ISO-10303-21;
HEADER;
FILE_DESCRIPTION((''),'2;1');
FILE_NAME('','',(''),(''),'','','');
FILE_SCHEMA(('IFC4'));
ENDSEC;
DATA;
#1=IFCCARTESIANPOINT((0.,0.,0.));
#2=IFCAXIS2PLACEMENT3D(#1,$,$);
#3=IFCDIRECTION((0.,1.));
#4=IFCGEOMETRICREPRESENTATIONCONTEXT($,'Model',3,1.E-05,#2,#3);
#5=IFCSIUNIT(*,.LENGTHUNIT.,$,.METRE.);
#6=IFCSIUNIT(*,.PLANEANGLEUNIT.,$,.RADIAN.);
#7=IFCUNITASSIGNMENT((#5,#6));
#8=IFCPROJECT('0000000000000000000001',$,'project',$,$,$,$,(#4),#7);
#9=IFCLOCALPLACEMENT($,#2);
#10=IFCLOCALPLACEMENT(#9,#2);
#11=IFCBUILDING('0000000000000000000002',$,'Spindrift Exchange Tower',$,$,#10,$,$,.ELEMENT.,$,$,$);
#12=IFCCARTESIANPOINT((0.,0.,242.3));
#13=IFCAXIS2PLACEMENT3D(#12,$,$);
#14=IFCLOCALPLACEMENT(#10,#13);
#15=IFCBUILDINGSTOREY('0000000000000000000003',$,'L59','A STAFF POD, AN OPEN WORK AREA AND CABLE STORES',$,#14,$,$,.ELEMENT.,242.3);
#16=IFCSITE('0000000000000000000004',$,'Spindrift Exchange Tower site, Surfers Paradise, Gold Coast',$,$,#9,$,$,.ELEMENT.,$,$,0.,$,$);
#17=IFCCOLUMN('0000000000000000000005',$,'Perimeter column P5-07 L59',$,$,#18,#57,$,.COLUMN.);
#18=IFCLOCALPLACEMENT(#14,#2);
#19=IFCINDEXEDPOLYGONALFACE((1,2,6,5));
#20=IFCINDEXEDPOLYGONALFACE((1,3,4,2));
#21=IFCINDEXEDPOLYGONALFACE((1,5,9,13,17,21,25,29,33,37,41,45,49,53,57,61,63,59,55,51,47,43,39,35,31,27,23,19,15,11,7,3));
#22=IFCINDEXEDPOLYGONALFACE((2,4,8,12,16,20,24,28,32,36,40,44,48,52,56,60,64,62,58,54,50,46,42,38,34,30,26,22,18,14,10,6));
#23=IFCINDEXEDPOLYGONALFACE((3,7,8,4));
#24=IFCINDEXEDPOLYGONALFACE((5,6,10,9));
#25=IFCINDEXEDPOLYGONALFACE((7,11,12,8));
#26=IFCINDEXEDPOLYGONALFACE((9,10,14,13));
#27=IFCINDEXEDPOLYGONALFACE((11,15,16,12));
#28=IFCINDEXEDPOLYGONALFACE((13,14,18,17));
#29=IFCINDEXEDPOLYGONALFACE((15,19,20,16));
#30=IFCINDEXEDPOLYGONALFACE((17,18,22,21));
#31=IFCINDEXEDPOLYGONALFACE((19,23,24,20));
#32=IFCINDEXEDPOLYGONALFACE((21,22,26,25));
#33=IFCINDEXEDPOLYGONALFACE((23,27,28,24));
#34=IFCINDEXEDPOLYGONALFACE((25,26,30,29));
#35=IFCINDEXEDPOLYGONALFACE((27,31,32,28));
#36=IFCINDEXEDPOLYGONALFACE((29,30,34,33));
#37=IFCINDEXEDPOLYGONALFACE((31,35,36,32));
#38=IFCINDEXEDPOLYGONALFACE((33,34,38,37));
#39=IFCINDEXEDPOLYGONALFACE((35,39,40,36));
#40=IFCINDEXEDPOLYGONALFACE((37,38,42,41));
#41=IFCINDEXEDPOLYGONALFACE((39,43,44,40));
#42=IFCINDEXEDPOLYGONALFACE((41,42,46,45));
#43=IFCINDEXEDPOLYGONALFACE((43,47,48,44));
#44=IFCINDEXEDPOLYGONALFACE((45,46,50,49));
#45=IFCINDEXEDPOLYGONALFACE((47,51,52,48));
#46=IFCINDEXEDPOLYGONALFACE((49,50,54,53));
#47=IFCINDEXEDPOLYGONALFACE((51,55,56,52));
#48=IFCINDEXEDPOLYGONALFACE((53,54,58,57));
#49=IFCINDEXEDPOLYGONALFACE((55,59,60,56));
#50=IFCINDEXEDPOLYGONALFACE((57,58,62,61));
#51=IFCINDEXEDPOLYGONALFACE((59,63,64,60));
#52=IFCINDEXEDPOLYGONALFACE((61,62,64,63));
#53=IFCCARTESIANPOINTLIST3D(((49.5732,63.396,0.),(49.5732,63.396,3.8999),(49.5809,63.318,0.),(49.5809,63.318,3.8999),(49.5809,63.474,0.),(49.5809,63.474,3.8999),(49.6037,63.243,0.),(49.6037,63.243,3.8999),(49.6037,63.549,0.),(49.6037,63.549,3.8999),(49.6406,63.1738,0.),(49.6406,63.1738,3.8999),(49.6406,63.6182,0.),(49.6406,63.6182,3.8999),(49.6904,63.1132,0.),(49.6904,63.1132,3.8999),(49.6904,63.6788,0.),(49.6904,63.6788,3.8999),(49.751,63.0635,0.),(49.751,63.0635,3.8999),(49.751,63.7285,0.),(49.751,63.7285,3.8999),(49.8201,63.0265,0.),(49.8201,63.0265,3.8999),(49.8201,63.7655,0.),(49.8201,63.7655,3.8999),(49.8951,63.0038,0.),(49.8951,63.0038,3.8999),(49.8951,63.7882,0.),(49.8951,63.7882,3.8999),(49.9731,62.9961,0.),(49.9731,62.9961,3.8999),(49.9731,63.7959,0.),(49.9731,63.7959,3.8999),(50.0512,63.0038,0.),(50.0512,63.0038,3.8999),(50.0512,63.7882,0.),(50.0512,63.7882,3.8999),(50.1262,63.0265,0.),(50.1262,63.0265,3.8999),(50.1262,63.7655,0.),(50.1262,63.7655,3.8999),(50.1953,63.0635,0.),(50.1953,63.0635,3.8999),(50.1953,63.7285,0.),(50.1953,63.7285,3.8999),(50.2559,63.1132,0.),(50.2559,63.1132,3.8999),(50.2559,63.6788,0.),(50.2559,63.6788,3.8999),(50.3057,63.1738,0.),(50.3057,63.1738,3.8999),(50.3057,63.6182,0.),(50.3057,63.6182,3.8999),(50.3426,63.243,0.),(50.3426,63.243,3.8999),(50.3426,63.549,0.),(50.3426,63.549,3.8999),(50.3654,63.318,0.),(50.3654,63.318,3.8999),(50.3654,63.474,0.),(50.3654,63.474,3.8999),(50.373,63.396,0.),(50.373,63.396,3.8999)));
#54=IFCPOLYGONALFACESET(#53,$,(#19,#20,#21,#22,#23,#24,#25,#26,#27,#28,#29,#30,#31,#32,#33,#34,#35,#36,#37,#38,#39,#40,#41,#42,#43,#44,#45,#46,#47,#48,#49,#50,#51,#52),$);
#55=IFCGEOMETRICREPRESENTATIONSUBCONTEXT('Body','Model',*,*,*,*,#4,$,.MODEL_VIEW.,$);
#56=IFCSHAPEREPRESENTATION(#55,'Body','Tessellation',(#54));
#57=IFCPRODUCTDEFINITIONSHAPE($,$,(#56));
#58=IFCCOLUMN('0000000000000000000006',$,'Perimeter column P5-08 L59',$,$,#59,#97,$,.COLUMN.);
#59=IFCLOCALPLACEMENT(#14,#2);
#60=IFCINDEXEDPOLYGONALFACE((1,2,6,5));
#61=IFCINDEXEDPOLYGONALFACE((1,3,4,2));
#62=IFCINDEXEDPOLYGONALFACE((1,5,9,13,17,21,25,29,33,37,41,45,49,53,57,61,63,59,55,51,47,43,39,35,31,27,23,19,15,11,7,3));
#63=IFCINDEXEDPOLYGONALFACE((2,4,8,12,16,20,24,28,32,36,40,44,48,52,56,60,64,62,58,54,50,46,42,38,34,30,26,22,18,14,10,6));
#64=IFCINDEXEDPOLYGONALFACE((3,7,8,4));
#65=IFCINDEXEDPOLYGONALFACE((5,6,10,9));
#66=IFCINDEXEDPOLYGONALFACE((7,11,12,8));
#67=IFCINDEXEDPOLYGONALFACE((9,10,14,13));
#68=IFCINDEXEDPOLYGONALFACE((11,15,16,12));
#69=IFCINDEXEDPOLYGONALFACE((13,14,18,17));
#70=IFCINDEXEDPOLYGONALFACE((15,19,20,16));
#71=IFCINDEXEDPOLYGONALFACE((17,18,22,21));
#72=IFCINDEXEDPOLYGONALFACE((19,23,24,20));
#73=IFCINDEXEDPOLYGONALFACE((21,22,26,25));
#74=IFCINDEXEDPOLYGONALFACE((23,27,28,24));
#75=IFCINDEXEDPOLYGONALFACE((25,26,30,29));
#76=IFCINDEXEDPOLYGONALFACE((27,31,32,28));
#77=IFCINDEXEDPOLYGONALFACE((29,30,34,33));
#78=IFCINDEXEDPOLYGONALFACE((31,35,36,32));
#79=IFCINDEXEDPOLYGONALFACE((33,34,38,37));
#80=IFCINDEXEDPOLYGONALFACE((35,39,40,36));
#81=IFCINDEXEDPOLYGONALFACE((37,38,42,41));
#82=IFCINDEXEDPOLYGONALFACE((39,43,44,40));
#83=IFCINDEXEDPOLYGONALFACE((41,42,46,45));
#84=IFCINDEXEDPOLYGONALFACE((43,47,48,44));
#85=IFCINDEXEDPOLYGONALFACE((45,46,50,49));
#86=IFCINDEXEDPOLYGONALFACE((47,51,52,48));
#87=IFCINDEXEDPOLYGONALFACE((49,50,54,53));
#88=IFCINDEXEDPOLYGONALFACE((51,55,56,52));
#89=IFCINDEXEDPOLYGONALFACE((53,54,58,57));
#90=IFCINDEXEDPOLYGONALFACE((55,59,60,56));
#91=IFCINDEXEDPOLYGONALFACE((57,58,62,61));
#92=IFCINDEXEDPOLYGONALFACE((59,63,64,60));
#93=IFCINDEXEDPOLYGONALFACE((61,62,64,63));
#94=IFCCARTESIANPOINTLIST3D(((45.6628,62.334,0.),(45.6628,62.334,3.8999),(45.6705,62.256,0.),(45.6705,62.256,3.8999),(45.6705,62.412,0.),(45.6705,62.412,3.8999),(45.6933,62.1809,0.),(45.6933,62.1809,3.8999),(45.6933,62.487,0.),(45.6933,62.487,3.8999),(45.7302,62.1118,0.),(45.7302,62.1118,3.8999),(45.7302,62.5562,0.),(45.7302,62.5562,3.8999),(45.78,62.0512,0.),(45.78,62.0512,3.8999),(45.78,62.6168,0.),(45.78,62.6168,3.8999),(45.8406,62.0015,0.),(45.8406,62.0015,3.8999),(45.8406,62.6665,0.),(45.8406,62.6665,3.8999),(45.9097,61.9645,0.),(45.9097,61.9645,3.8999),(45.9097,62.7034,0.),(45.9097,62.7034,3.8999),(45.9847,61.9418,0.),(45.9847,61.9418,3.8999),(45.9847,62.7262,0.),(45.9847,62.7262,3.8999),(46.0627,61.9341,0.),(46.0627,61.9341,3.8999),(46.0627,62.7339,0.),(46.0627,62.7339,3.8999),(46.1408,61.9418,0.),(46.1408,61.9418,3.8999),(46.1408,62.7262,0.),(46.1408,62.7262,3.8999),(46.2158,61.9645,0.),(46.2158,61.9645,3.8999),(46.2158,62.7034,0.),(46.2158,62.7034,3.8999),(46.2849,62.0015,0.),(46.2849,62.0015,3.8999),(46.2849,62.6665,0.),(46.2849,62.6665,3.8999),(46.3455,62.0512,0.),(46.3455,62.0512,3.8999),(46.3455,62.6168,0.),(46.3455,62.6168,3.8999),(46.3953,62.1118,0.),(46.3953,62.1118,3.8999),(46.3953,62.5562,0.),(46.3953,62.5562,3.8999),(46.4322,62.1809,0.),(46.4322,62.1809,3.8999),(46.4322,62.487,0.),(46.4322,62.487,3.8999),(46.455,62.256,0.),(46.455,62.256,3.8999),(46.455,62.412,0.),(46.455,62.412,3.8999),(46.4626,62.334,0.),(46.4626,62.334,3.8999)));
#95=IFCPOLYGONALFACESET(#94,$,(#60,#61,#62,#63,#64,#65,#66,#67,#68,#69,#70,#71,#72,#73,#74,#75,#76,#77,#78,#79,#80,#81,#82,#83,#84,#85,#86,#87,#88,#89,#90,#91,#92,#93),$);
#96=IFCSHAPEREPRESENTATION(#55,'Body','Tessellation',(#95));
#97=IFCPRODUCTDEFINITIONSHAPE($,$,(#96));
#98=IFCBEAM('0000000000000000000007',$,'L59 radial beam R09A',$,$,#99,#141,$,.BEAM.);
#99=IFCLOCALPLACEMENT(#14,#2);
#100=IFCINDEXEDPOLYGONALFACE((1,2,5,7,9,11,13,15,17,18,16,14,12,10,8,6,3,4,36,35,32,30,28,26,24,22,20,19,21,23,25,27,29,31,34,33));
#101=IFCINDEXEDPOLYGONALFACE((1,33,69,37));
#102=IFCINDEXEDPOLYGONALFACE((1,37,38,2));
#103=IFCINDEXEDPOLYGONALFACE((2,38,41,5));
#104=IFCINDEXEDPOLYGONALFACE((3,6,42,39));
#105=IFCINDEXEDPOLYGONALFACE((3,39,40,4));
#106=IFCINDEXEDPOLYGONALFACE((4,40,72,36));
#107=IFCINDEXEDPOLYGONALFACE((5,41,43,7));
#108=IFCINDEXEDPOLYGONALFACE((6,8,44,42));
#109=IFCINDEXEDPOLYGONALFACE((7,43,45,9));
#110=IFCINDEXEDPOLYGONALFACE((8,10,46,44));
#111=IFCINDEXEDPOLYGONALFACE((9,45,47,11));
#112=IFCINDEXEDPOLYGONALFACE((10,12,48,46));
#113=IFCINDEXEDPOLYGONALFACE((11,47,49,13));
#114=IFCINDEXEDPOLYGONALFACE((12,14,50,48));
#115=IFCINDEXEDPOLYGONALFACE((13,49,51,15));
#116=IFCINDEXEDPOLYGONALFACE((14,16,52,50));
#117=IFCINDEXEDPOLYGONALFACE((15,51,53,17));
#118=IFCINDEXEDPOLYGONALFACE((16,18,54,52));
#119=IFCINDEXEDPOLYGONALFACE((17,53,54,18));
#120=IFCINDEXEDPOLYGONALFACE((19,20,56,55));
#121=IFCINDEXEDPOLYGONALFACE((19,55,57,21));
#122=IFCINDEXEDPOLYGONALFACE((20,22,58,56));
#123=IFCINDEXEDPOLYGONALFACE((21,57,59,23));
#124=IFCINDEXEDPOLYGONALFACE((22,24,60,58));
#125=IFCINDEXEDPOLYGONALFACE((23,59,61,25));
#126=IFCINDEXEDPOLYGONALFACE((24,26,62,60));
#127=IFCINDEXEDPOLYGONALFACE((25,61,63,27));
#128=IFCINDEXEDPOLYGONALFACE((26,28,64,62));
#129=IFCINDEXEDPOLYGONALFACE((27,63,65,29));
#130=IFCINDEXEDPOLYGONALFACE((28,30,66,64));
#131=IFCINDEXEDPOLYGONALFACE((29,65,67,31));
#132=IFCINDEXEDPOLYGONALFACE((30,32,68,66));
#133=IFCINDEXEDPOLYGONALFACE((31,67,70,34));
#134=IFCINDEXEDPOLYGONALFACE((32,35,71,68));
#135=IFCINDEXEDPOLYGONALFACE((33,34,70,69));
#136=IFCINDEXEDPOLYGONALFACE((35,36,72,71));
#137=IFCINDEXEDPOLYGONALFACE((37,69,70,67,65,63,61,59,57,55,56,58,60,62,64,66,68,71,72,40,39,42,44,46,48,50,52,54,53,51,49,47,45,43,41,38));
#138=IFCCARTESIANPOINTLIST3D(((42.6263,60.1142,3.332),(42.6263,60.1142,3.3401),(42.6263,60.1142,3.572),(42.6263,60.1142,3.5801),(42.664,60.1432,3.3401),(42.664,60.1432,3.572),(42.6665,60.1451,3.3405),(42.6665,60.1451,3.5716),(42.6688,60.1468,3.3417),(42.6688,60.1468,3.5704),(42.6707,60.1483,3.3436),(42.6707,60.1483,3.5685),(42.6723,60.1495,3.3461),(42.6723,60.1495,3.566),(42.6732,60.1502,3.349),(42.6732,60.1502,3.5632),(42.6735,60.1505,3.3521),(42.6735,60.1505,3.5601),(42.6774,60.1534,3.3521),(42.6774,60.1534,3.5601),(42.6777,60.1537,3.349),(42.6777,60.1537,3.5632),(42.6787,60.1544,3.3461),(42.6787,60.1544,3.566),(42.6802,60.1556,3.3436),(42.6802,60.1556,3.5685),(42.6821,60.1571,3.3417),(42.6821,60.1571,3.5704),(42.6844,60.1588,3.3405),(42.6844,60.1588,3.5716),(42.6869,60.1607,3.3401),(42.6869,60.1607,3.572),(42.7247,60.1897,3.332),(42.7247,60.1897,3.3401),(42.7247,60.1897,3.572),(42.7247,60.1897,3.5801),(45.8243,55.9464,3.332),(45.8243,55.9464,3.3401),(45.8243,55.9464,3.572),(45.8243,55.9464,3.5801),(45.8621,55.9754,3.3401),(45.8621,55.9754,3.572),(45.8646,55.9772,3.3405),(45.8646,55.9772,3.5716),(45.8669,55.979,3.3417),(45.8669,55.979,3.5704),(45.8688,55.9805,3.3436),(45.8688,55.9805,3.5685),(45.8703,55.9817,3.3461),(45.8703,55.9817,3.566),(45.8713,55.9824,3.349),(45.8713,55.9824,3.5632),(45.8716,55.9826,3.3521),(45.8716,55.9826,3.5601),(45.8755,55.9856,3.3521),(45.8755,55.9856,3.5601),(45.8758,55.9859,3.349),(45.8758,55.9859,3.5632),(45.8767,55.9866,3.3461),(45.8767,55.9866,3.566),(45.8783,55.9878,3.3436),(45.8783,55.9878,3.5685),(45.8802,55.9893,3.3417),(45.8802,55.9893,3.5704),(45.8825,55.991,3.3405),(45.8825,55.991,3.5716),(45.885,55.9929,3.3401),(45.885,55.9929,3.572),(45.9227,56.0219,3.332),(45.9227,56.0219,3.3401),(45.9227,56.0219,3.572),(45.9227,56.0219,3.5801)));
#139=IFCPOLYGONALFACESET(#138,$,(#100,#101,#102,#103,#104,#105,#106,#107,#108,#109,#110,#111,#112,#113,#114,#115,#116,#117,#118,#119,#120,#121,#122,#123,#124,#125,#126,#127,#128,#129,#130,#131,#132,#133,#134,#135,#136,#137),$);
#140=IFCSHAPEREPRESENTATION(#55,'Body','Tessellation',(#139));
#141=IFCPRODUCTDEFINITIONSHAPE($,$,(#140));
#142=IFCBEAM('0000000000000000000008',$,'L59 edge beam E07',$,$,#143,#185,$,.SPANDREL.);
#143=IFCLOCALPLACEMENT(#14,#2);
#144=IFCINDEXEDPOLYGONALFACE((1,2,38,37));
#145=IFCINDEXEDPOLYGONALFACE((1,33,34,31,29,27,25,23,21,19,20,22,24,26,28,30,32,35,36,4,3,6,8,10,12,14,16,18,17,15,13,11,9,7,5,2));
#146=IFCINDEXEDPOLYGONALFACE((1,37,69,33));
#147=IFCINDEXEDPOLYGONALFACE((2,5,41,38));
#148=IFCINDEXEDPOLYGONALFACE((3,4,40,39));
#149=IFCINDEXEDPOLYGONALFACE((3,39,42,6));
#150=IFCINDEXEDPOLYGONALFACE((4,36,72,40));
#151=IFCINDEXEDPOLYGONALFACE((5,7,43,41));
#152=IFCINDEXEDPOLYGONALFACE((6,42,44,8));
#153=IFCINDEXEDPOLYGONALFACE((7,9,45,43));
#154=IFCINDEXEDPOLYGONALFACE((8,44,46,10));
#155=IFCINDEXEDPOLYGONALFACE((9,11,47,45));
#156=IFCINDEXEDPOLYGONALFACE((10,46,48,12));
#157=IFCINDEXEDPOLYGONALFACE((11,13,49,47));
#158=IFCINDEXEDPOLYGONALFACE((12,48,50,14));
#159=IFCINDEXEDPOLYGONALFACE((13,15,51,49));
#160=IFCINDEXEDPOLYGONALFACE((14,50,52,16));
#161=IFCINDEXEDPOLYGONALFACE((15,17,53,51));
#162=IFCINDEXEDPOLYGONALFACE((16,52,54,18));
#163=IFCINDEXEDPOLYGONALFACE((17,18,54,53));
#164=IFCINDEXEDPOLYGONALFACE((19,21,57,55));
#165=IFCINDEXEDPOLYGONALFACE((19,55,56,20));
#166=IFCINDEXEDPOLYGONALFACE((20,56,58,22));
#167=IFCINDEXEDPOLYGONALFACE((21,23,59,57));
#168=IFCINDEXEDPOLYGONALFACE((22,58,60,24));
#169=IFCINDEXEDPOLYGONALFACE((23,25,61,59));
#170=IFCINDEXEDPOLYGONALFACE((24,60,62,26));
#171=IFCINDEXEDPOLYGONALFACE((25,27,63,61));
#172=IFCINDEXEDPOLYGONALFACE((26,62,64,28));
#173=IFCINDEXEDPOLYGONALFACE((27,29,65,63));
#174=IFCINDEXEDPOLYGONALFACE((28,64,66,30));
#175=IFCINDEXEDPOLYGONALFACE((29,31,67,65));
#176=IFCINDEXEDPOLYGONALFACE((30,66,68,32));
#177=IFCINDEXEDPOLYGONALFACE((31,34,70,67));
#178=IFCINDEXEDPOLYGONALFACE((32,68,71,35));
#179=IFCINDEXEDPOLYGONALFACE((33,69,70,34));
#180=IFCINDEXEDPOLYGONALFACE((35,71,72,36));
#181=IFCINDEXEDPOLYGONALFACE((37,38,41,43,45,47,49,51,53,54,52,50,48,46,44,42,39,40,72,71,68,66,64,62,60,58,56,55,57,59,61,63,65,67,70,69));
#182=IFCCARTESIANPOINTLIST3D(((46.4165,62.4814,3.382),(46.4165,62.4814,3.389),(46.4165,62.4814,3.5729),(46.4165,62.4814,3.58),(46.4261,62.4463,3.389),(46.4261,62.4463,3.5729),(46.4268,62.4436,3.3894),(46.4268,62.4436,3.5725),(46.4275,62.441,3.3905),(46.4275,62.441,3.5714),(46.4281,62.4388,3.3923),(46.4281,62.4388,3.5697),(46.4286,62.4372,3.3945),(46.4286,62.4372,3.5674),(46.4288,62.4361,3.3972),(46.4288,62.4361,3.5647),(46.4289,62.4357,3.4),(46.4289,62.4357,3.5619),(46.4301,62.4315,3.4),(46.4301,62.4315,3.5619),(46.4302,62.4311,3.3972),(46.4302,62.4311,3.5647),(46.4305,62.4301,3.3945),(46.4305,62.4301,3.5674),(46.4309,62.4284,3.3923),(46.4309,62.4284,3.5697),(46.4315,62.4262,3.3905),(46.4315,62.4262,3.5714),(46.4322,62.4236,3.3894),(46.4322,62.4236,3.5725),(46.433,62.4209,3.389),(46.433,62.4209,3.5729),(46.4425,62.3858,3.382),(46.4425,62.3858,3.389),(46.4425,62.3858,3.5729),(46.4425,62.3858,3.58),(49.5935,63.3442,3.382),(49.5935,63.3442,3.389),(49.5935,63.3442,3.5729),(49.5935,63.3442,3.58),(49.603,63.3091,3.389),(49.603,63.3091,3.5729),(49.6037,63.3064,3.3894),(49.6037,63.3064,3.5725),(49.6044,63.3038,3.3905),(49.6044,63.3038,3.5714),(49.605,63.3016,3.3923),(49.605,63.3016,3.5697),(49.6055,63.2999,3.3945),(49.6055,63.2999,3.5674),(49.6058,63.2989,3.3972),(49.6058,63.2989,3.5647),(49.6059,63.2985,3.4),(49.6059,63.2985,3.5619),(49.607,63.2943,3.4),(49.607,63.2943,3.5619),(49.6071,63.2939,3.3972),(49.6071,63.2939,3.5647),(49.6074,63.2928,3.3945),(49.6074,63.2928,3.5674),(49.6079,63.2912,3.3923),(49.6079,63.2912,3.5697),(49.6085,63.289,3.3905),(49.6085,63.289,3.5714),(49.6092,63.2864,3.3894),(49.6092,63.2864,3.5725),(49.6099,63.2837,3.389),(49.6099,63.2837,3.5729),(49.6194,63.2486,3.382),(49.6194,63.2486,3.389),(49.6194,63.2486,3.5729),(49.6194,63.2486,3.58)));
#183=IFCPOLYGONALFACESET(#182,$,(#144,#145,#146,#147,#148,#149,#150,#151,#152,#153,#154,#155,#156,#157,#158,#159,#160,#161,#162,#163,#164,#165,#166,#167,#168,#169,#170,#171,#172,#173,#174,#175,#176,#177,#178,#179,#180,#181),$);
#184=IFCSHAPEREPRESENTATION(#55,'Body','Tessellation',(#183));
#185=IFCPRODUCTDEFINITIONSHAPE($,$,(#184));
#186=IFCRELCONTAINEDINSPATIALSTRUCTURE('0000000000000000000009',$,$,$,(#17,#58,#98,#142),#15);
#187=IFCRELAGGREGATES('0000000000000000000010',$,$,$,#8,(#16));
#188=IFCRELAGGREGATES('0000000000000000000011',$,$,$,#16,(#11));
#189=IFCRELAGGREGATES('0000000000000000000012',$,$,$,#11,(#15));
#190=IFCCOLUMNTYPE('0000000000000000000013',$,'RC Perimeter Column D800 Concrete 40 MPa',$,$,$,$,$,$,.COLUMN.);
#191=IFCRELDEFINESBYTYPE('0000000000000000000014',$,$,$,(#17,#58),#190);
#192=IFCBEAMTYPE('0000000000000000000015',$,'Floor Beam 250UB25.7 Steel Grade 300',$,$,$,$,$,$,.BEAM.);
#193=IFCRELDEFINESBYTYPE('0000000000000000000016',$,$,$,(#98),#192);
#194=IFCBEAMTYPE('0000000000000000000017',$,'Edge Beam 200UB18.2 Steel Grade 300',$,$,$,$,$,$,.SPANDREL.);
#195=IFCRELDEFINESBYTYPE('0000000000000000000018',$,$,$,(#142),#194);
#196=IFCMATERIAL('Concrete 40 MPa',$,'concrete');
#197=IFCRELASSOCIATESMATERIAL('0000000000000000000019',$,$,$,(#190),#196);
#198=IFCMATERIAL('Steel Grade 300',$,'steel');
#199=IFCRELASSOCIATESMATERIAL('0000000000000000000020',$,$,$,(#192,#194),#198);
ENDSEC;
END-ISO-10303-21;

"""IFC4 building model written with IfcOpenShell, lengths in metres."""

from ifc_helpers import new_model, si_unit, direction, frame, origin, origin_2d, place, context, subcontext, project, spatial, circle, i_section, extrude, source, transform, mapped, material, material_profile, profile_set, type_object, element, save


model = new_model("IFC4")

# Units and contexts
model_context = context("Model", 3, precision=1e-05, world=origin(), true_north=direction((0.0, 1.0)))
body_context = subcontext(model_context, "Body", "Model", "MODEL_VIEW")
ifc_project = project(units=[si_unit("LENGTHUNIT", "METRE"), si_unit("PLANEANGLEUNIT", "RADIAN")], contexts=[model_context])

# Site, building, storey
site_placement = place(None, origin())
site = spatial("IfcSite", under=ifc_project, at=site_placement, Name="Spindrift Exchange Tower site, Surfers Paradise, Gold Coast", CompositionType="ELEMENT", RefElevation=0.0)
building_placement = place(site_placement, origin())
building = spatial("IfcBuilding", under=site, at=building_placement, Name="Spindrift Exchange Tower", CompositionType="ELEMENT")
storey_placement = place(building_placement, frame((0.0, 0.0, 242.3)))
storey = spatial("IfcBuildingStorey", under=building, at=storey_placement, Name="L59", Description="A STAFF POD, AN OPEN WORK AREA AND CABLE STORES", CompositionType="ELEMENT", Elevation=242.3)

# Columns
ifc_material_1 = material(Name="Concrete 40 MPa", Category="concrete")
ifc_material_profile_1 = material_profile(ifc_material_1, circle(Radius=0.3999, at=origin_2d()), Name="RC D800")
ifc_profile_set_1 = profile_set([ifc_material_profile_1], Name="Concrete 40 MPa")
column_type = type_object("IfcColumnType", Name="RC Perimeter Column D800 Concrete 40 MPa", PredefinedType="COLUMN", material=ifc_profile_set_1)
shared_shape_1 = source(origin(), body_context, "Body", "SweptSolid", [
    extrude(circle(Radius=0.3999, at=origin_2d()), origin(), (0.0, 0.0, 1.0), 3.8999),
])
for number, where, z_axis, x_axis, name in (
    (1, (49.9731, 63.396, 0.0), (0.0, 0.0, 1.0), (1.0, 0.0, 0.0), "Perimeter column P5-07 L59"),
    (2, (46.0627, 62.334, 0.0), (0.0, 0.0, 1.0), (1.0, 0.0, 0.0), "Perimeter column P5-08 L59"),
):
    element("IfcColumn", number, at=place(storey_placement, frame(where, z_axis=z_axis, x_axis=x_axis)), inside=storey, type_object=column_type, Name=name, PredefinedType="COLUMN", context=body_context, shape_type="MappedRepresentation", body=[
        mapped(shared_shape_1, transform((0.0, 0.0, 0.0), scale=1.0)),
    ])

# Beams
ifc_material_2 = material(Name="Steel Grade 300", Category="steel")
ifc_material_profile_2 = material_profile(ifc_material_2, i_section(OverallWidth=0.124, OverallDepth=0.248, WebThickness=0.0049, FlangeThickness=0.0081, FilletRadius=0.012, at=origin_2d()), Name="250UB25.7")
ifc_profile_set_2 = profile_set([ifc_material_profile_2], Name="Steel Grade 300")
beam_type_1 = type_object("IfcBeamType", Name="Floor Beam 250UB25.7 Steel Grade 300", PredefinedType="BEAM", material=ifc_profile_set_2)
shared_shape_2 = source(origin(), body_context, "Body", "SweptSolid", [
    extrude(i_section(OverallWidth=0.124, OverallDepth=0.248, WebThickness=0.0049, FlangeThickness=0.0081, FilletRadius=0.012, at=origin_2d()), origin(), (0.0, 0.0, 1.0), 5.2534),
])
beam_1_placement = place(storey_placement, frame((45.8735, 55.9841, 3.4561), z_axis=(-0.60876, 0.793354, 0.0), x_axis=(-0.793354, -0.60876, 0.0)))
element("IfcBeam", 3, at=beam_1_placement, inside=storey, type_object=beam_type_1, Name="L59 radial beam R09A", PredefinedType="BEAM", context=body_context, shape_type="MappedRepresentation", body=[
    mapped(shared_shape_2, transform((0.0, 0.0, 0.0), scale=1.0)),
])
ifc_material_profile_3 = material_profile(ifc_material_2, i_section(OverallWidth=0.0991, OverallDepth=0.198, WebThickness=0.0044, FlangeThickness=0.0071, FilletRadius=0.011, at=origin_2d()), Name="200UB18.2")
ifc_profile_set_3 = profile_set([ifc_material_profile_3], Name="Steel Grade 300")
beam_type_2 = type_object("IfcBeamType", Name="Edge Beam 200UB18.2 Steel Grade 300", PredefinedType="SPANDREL", material=ifc_profile_set_3)
shared_shape_3 = source(origin(), body_context, "Body", "SweptSolid", [
    extrude(i_section(OverallWidth=0.0991, OverallDepth=0.198, WebThickness=0.0044, FlangeThickness=0.0071, FilletRadius=0.011, at=origin_2d()), origin(), (0.0, 0.0, 1.0), 3.292),
])
beam_2_placement = place(storey_placement, frame((49.6064, 63.2964, 3.481), z_axis=(-0.965046, -0.262082, 0.0), x_axis=(0.262082, -0.965046, 0.0)))
element("IfcBeam", 4, at=beam_2_placement, inside=storey, type_object=beam_type_2, Name="L59 edge beam E07", PredefinedType="SPANDREL", context=body_context, shape_type="MappedRepresentation", body=[
    mapped(shared_shape_3, transform((0.0, 0.0, 0.0), scale=1.0)),
])

save(model, "model.ifc")
